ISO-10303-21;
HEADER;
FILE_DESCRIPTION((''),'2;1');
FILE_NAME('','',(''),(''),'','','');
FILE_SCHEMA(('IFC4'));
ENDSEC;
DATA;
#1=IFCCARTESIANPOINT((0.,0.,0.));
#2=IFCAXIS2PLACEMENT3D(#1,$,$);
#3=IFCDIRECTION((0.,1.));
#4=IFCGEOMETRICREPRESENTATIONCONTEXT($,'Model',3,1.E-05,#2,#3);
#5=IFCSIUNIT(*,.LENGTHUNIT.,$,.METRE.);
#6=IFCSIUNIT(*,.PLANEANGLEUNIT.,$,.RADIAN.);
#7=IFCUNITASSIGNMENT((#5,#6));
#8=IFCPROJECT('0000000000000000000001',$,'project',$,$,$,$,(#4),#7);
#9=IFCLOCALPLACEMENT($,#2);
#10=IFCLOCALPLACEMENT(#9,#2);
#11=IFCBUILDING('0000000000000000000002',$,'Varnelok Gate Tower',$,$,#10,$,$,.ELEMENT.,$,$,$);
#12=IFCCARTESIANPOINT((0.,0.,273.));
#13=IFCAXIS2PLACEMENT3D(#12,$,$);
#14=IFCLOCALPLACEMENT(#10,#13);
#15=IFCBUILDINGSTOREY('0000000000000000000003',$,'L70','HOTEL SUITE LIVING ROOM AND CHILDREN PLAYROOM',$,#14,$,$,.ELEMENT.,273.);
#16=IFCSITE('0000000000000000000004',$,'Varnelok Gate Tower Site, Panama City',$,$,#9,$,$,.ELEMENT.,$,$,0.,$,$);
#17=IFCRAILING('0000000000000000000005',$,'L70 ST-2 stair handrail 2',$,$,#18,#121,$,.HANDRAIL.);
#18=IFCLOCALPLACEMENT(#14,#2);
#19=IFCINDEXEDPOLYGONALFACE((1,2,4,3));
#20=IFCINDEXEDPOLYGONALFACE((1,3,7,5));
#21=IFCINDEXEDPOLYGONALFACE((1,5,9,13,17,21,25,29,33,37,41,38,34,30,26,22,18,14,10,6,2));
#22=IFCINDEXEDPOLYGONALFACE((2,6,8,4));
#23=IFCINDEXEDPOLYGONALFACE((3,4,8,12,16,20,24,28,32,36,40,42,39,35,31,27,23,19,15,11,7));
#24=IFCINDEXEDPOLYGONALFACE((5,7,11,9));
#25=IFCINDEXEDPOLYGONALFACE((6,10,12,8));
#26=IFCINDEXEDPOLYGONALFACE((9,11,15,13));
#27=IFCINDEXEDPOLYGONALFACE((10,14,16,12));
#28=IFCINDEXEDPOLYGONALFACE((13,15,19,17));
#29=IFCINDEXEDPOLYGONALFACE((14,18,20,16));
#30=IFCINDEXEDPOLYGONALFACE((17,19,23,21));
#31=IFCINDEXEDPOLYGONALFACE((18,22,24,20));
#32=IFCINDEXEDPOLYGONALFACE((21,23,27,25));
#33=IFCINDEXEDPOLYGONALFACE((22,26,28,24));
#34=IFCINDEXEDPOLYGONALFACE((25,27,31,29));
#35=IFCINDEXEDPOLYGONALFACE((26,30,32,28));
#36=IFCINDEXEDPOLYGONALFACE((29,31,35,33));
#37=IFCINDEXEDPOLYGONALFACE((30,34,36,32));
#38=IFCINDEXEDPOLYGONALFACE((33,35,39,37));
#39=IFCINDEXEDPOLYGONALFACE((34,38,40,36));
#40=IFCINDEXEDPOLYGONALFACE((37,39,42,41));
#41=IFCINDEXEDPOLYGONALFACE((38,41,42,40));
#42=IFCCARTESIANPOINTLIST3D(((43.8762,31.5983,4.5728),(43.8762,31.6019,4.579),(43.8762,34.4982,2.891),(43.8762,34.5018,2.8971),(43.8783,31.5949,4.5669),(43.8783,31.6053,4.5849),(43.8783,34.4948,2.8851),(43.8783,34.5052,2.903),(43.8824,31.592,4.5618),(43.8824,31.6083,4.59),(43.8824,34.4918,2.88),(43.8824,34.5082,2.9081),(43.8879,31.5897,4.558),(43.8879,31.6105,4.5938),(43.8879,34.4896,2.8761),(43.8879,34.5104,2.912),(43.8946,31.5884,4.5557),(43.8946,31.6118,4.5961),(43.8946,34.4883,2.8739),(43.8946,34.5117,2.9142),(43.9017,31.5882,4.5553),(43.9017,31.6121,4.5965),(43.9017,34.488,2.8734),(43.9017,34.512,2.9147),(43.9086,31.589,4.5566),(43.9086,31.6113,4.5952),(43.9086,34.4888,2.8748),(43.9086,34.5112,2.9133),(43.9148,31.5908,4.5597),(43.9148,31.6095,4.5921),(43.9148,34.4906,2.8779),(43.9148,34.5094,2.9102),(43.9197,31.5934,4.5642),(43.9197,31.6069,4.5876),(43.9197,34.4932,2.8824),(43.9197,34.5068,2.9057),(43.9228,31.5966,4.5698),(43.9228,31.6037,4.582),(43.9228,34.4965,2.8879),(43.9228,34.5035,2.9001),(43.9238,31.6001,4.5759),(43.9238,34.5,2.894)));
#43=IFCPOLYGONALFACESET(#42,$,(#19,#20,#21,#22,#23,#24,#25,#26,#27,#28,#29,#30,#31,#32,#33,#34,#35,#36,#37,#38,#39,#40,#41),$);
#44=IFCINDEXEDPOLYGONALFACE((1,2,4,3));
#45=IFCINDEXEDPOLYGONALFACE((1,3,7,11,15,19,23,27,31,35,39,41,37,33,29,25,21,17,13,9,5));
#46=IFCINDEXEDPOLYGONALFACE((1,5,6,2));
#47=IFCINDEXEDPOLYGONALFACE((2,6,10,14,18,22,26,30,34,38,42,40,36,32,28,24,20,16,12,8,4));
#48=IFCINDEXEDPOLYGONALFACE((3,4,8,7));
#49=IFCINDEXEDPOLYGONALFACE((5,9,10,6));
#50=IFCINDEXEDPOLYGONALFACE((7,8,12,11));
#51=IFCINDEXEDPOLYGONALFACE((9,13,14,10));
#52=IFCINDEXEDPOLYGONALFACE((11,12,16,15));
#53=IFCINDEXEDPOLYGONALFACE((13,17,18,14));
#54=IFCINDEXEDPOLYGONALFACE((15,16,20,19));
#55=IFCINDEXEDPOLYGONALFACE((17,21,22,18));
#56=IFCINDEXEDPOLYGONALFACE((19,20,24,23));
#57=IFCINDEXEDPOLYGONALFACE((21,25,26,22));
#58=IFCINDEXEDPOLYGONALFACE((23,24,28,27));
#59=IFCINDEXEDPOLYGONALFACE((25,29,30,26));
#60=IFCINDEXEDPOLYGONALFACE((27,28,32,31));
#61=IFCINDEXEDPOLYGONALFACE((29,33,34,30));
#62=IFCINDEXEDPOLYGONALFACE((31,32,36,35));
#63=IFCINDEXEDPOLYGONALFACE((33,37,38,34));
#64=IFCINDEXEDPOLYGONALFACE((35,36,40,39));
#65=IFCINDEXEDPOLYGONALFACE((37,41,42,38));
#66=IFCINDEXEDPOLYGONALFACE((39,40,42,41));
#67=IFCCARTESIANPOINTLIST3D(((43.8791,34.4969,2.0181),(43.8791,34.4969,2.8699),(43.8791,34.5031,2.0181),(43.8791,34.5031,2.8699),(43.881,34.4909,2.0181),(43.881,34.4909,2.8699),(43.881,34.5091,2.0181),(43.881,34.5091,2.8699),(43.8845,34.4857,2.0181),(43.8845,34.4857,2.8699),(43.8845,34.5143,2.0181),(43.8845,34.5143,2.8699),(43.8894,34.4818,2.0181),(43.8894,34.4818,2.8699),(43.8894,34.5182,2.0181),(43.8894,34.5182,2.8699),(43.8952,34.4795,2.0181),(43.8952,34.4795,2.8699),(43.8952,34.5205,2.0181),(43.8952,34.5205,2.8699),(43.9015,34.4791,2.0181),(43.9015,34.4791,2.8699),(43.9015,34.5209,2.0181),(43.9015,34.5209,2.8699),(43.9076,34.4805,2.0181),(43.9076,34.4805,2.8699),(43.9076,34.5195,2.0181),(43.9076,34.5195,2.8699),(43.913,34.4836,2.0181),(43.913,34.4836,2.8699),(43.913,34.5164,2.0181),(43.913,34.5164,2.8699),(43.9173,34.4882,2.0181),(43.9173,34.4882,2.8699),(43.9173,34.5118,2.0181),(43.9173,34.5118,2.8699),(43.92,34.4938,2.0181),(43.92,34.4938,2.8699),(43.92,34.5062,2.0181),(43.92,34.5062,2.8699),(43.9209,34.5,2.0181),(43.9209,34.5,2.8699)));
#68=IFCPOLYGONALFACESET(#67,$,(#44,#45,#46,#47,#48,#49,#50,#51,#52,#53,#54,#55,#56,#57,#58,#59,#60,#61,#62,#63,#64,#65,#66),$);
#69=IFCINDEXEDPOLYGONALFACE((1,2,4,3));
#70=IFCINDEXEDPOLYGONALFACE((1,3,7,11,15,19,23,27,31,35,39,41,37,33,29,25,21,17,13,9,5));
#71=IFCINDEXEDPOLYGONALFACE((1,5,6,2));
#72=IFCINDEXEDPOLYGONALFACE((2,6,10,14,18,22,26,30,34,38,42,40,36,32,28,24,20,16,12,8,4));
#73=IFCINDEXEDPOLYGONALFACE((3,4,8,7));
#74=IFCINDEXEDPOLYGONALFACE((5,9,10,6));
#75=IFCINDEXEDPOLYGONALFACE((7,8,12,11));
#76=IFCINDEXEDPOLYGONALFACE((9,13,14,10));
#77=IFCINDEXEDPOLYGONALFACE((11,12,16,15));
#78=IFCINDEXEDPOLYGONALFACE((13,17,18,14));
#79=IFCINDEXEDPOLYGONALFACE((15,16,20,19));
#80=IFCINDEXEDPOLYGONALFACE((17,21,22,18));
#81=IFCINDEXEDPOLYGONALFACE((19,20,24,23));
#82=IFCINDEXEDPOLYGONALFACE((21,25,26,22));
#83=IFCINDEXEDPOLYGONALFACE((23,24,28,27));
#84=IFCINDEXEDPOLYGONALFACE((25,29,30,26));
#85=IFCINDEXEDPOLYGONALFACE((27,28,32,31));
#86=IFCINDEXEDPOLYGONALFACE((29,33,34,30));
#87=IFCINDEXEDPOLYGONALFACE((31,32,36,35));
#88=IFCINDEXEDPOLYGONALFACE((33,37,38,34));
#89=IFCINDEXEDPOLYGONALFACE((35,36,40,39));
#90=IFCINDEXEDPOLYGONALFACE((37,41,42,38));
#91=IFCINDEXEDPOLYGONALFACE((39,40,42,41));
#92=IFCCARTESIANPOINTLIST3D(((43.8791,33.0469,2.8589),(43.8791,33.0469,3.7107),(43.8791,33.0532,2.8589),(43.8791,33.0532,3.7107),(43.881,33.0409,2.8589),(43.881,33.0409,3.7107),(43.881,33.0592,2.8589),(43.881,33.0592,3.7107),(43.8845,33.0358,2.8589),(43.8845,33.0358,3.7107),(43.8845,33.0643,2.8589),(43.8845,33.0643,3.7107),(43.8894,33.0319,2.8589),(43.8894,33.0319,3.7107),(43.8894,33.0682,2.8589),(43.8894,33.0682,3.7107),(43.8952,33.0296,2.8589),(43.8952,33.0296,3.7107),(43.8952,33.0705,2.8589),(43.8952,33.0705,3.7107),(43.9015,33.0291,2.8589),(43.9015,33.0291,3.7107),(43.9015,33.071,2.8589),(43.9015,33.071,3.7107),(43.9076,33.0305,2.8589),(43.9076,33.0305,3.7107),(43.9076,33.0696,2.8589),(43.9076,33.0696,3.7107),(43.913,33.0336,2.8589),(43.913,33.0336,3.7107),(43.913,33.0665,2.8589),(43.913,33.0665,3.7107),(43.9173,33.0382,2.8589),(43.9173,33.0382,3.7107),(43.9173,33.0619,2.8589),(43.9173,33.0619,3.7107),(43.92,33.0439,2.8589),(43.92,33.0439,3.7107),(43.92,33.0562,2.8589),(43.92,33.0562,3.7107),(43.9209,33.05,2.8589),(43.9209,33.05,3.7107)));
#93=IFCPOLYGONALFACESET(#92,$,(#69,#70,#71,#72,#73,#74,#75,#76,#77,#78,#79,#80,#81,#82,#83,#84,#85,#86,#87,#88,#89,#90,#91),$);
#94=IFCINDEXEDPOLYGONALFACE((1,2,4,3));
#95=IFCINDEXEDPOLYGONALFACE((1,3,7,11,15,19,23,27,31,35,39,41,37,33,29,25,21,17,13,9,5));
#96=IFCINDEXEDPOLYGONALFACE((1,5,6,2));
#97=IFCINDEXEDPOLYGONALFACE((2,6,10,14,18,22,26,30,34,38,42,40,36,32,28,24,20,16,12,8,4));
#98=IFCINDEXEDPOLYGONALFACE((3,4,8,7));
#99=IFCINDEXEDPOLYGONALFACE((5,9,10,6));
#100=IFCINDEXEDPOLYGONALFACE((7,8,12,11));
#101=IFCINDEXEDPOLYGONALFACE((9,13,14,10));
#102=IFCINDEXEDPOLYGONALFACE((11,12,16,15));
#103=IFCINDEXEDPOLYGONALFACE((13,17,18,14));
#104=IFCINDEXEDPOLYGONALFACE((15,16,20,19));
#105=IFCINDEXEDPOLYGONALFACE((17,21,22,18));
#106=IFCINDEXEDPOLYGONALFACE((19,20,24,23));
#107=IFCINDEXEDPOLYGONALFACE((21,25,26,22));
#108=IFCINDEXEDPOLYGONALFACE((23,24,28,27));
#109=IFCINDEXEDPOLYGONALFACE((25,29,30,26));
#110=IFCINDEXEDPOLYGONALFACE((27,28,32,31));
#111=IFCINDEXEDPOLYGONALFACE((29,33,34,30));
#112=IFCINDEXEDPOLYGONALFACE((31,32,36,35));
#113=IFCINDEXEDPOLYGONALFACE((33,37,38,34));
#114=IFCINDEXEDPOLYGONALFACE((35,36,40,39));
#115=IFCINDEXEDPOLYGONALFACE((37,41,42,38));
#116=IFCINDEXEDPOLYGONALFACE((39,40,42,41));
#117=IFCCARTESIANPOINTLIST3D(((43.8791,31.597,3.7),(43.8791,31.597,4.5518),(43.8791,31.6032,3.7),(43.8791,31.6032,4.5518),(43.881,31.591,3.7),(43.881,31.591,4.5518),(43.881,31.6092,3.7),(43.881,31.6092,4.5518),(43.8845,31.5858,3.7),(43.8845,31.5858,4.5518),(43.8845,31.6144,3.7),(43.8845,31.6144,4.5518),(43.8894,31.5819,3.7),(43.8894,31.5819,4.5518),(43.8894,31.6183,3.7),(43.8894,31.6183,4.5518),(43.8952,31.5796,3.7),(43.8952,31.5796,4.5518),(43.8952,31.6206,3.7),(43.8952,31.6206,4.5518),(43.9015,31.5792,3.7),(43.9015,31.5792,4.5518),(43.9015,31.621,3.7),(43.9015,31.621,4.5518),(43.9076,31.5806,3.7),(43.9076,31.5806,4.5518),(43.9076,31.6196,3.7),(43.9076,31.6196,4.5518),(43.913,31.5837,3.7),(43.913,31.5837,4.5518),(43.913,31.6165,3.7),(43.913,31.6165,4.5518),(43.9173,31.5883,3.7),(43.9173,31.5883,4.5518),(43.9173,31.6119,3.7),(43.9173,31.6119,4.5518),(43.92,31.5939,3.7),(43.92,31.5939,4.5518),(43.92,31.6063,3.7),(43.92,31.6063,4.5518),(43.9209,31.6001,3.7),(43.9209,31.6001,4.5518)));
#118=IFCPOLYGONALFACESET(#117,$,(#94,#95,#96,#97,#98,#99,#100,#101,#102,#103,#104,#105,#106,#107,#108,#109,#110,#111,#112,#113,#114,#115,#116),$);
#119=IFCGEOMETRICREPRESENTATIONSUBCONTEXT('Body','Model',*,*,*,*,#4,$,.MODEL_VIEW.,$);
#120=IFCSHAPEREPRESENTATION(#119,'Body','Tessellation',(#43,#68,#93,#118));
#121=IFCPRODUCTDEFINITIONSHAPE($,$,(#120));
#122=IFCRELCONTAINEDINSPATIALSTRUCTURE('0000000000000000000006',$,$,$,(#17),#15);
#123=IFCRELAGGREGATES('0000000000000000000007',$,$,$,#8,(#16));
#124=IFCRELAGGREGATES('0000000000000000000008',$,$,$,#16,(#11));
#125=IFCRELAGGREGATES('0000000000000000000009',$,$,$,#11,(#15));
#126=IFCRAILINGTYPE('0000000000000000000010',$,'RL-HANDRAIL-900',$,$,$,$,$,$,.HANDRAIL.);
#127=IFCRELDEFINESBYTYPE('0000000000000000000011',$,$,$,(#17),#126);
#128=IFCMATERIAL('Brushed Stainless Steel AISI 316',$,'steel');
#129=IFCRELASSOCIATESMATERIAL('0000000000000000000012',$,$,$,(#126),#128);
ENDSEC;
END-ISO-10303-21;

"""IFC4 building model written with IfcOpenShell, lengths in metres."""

from ifc_helpers import new_model, si_unit, direction, frame, origin, origin_2d, place, context, subcontext, project, spatial, circle, extrude, material, type_object, element, save


model = new_model("IFC4")

# Units and contexts
model_context = context("Model", 3, precision=1e-05, world=origin(), true_north=direction((0.0, 1.0)))
body_context = subcontext(model_context, "Body", "Model", "MODEL_VIEW")
ifc_project = project(units=[si_unit("LENGTHUNIT", "METRE"), si_unit("PLANEANGLEUNIT", "RADIAN")], contexts=[model_context])

# Site, building, storey
site_placement = place(None, origin())
site = spatial("IfcSite", under=ifc_project, at=site_placement, Name="Varnelok Gate Tower Site, Panama City", CompositionType="ELEMENT", RefElevation=0.0)
building_placement = place(site_placement, origin())
building = spatial("IfcBuilding", under=site, at=building_placement, Name="Varnelok Gate Tower", CompositionType="ELEMENT")
storey_placement = place(building_placement, frame((0.0, 0.0, 273.0)))
storey = spatial("IfcBuildingStorey", under=building, at=storey_placement, Name="L70", Description="HOTEL SUITE LIVING ROOM AND CHILDREN PLAYROOM", CompositionType="ELEMENT", Elevation=273.0)

# Railing
ifc_material_1 = material(Name="Brushed Stainless Steel AISI 316", Category="steel")
railing_type_1 = type_object("IfcRailingType", Name="RL-HANDRAIL-900", PredefinedType="HANDRAIL", material=ifc_material_1)
railing_1_placement = place(storey_placement, frame((43.8999, 34.5, 2.0181)))
element("IfcRailing", 1, at=railing_1_placement, inside=storey, type_object=railing_type_1, Name="L70 ST-2 stair handrail 2", PredefinedType="HANDRAIL", context=body_context, shape_type="SweptSolid", body=[
    extrude(circle(Radius=0.0239, at=origin_2d()), frame((0.0, 0.0, 0.876), z_axis=(0.0, -0.865039, 0.501705), x_axis=(1.0, 0.0, 0.0)), (0.0, 0.0, 1.0), 3.3523),
    extrude(circle(Radius=0.021, at=origin_2d()), origin(), (0.0, 0.0, 1.0), 0.8518),
    extrude(circle(Radius=0.021, at=origin_2d()), frame((0.0, -1.45, 0.8408)), (0.0, 0.0, 1.0), 0.8518),
    extrude(circle(Radius=0.021, at=origin_2d()), frame((0.0, -2.8999, 1.6819)), (0.0, 0.0, 1.0), 0.8518),
])

save(model, "model.ifc")
